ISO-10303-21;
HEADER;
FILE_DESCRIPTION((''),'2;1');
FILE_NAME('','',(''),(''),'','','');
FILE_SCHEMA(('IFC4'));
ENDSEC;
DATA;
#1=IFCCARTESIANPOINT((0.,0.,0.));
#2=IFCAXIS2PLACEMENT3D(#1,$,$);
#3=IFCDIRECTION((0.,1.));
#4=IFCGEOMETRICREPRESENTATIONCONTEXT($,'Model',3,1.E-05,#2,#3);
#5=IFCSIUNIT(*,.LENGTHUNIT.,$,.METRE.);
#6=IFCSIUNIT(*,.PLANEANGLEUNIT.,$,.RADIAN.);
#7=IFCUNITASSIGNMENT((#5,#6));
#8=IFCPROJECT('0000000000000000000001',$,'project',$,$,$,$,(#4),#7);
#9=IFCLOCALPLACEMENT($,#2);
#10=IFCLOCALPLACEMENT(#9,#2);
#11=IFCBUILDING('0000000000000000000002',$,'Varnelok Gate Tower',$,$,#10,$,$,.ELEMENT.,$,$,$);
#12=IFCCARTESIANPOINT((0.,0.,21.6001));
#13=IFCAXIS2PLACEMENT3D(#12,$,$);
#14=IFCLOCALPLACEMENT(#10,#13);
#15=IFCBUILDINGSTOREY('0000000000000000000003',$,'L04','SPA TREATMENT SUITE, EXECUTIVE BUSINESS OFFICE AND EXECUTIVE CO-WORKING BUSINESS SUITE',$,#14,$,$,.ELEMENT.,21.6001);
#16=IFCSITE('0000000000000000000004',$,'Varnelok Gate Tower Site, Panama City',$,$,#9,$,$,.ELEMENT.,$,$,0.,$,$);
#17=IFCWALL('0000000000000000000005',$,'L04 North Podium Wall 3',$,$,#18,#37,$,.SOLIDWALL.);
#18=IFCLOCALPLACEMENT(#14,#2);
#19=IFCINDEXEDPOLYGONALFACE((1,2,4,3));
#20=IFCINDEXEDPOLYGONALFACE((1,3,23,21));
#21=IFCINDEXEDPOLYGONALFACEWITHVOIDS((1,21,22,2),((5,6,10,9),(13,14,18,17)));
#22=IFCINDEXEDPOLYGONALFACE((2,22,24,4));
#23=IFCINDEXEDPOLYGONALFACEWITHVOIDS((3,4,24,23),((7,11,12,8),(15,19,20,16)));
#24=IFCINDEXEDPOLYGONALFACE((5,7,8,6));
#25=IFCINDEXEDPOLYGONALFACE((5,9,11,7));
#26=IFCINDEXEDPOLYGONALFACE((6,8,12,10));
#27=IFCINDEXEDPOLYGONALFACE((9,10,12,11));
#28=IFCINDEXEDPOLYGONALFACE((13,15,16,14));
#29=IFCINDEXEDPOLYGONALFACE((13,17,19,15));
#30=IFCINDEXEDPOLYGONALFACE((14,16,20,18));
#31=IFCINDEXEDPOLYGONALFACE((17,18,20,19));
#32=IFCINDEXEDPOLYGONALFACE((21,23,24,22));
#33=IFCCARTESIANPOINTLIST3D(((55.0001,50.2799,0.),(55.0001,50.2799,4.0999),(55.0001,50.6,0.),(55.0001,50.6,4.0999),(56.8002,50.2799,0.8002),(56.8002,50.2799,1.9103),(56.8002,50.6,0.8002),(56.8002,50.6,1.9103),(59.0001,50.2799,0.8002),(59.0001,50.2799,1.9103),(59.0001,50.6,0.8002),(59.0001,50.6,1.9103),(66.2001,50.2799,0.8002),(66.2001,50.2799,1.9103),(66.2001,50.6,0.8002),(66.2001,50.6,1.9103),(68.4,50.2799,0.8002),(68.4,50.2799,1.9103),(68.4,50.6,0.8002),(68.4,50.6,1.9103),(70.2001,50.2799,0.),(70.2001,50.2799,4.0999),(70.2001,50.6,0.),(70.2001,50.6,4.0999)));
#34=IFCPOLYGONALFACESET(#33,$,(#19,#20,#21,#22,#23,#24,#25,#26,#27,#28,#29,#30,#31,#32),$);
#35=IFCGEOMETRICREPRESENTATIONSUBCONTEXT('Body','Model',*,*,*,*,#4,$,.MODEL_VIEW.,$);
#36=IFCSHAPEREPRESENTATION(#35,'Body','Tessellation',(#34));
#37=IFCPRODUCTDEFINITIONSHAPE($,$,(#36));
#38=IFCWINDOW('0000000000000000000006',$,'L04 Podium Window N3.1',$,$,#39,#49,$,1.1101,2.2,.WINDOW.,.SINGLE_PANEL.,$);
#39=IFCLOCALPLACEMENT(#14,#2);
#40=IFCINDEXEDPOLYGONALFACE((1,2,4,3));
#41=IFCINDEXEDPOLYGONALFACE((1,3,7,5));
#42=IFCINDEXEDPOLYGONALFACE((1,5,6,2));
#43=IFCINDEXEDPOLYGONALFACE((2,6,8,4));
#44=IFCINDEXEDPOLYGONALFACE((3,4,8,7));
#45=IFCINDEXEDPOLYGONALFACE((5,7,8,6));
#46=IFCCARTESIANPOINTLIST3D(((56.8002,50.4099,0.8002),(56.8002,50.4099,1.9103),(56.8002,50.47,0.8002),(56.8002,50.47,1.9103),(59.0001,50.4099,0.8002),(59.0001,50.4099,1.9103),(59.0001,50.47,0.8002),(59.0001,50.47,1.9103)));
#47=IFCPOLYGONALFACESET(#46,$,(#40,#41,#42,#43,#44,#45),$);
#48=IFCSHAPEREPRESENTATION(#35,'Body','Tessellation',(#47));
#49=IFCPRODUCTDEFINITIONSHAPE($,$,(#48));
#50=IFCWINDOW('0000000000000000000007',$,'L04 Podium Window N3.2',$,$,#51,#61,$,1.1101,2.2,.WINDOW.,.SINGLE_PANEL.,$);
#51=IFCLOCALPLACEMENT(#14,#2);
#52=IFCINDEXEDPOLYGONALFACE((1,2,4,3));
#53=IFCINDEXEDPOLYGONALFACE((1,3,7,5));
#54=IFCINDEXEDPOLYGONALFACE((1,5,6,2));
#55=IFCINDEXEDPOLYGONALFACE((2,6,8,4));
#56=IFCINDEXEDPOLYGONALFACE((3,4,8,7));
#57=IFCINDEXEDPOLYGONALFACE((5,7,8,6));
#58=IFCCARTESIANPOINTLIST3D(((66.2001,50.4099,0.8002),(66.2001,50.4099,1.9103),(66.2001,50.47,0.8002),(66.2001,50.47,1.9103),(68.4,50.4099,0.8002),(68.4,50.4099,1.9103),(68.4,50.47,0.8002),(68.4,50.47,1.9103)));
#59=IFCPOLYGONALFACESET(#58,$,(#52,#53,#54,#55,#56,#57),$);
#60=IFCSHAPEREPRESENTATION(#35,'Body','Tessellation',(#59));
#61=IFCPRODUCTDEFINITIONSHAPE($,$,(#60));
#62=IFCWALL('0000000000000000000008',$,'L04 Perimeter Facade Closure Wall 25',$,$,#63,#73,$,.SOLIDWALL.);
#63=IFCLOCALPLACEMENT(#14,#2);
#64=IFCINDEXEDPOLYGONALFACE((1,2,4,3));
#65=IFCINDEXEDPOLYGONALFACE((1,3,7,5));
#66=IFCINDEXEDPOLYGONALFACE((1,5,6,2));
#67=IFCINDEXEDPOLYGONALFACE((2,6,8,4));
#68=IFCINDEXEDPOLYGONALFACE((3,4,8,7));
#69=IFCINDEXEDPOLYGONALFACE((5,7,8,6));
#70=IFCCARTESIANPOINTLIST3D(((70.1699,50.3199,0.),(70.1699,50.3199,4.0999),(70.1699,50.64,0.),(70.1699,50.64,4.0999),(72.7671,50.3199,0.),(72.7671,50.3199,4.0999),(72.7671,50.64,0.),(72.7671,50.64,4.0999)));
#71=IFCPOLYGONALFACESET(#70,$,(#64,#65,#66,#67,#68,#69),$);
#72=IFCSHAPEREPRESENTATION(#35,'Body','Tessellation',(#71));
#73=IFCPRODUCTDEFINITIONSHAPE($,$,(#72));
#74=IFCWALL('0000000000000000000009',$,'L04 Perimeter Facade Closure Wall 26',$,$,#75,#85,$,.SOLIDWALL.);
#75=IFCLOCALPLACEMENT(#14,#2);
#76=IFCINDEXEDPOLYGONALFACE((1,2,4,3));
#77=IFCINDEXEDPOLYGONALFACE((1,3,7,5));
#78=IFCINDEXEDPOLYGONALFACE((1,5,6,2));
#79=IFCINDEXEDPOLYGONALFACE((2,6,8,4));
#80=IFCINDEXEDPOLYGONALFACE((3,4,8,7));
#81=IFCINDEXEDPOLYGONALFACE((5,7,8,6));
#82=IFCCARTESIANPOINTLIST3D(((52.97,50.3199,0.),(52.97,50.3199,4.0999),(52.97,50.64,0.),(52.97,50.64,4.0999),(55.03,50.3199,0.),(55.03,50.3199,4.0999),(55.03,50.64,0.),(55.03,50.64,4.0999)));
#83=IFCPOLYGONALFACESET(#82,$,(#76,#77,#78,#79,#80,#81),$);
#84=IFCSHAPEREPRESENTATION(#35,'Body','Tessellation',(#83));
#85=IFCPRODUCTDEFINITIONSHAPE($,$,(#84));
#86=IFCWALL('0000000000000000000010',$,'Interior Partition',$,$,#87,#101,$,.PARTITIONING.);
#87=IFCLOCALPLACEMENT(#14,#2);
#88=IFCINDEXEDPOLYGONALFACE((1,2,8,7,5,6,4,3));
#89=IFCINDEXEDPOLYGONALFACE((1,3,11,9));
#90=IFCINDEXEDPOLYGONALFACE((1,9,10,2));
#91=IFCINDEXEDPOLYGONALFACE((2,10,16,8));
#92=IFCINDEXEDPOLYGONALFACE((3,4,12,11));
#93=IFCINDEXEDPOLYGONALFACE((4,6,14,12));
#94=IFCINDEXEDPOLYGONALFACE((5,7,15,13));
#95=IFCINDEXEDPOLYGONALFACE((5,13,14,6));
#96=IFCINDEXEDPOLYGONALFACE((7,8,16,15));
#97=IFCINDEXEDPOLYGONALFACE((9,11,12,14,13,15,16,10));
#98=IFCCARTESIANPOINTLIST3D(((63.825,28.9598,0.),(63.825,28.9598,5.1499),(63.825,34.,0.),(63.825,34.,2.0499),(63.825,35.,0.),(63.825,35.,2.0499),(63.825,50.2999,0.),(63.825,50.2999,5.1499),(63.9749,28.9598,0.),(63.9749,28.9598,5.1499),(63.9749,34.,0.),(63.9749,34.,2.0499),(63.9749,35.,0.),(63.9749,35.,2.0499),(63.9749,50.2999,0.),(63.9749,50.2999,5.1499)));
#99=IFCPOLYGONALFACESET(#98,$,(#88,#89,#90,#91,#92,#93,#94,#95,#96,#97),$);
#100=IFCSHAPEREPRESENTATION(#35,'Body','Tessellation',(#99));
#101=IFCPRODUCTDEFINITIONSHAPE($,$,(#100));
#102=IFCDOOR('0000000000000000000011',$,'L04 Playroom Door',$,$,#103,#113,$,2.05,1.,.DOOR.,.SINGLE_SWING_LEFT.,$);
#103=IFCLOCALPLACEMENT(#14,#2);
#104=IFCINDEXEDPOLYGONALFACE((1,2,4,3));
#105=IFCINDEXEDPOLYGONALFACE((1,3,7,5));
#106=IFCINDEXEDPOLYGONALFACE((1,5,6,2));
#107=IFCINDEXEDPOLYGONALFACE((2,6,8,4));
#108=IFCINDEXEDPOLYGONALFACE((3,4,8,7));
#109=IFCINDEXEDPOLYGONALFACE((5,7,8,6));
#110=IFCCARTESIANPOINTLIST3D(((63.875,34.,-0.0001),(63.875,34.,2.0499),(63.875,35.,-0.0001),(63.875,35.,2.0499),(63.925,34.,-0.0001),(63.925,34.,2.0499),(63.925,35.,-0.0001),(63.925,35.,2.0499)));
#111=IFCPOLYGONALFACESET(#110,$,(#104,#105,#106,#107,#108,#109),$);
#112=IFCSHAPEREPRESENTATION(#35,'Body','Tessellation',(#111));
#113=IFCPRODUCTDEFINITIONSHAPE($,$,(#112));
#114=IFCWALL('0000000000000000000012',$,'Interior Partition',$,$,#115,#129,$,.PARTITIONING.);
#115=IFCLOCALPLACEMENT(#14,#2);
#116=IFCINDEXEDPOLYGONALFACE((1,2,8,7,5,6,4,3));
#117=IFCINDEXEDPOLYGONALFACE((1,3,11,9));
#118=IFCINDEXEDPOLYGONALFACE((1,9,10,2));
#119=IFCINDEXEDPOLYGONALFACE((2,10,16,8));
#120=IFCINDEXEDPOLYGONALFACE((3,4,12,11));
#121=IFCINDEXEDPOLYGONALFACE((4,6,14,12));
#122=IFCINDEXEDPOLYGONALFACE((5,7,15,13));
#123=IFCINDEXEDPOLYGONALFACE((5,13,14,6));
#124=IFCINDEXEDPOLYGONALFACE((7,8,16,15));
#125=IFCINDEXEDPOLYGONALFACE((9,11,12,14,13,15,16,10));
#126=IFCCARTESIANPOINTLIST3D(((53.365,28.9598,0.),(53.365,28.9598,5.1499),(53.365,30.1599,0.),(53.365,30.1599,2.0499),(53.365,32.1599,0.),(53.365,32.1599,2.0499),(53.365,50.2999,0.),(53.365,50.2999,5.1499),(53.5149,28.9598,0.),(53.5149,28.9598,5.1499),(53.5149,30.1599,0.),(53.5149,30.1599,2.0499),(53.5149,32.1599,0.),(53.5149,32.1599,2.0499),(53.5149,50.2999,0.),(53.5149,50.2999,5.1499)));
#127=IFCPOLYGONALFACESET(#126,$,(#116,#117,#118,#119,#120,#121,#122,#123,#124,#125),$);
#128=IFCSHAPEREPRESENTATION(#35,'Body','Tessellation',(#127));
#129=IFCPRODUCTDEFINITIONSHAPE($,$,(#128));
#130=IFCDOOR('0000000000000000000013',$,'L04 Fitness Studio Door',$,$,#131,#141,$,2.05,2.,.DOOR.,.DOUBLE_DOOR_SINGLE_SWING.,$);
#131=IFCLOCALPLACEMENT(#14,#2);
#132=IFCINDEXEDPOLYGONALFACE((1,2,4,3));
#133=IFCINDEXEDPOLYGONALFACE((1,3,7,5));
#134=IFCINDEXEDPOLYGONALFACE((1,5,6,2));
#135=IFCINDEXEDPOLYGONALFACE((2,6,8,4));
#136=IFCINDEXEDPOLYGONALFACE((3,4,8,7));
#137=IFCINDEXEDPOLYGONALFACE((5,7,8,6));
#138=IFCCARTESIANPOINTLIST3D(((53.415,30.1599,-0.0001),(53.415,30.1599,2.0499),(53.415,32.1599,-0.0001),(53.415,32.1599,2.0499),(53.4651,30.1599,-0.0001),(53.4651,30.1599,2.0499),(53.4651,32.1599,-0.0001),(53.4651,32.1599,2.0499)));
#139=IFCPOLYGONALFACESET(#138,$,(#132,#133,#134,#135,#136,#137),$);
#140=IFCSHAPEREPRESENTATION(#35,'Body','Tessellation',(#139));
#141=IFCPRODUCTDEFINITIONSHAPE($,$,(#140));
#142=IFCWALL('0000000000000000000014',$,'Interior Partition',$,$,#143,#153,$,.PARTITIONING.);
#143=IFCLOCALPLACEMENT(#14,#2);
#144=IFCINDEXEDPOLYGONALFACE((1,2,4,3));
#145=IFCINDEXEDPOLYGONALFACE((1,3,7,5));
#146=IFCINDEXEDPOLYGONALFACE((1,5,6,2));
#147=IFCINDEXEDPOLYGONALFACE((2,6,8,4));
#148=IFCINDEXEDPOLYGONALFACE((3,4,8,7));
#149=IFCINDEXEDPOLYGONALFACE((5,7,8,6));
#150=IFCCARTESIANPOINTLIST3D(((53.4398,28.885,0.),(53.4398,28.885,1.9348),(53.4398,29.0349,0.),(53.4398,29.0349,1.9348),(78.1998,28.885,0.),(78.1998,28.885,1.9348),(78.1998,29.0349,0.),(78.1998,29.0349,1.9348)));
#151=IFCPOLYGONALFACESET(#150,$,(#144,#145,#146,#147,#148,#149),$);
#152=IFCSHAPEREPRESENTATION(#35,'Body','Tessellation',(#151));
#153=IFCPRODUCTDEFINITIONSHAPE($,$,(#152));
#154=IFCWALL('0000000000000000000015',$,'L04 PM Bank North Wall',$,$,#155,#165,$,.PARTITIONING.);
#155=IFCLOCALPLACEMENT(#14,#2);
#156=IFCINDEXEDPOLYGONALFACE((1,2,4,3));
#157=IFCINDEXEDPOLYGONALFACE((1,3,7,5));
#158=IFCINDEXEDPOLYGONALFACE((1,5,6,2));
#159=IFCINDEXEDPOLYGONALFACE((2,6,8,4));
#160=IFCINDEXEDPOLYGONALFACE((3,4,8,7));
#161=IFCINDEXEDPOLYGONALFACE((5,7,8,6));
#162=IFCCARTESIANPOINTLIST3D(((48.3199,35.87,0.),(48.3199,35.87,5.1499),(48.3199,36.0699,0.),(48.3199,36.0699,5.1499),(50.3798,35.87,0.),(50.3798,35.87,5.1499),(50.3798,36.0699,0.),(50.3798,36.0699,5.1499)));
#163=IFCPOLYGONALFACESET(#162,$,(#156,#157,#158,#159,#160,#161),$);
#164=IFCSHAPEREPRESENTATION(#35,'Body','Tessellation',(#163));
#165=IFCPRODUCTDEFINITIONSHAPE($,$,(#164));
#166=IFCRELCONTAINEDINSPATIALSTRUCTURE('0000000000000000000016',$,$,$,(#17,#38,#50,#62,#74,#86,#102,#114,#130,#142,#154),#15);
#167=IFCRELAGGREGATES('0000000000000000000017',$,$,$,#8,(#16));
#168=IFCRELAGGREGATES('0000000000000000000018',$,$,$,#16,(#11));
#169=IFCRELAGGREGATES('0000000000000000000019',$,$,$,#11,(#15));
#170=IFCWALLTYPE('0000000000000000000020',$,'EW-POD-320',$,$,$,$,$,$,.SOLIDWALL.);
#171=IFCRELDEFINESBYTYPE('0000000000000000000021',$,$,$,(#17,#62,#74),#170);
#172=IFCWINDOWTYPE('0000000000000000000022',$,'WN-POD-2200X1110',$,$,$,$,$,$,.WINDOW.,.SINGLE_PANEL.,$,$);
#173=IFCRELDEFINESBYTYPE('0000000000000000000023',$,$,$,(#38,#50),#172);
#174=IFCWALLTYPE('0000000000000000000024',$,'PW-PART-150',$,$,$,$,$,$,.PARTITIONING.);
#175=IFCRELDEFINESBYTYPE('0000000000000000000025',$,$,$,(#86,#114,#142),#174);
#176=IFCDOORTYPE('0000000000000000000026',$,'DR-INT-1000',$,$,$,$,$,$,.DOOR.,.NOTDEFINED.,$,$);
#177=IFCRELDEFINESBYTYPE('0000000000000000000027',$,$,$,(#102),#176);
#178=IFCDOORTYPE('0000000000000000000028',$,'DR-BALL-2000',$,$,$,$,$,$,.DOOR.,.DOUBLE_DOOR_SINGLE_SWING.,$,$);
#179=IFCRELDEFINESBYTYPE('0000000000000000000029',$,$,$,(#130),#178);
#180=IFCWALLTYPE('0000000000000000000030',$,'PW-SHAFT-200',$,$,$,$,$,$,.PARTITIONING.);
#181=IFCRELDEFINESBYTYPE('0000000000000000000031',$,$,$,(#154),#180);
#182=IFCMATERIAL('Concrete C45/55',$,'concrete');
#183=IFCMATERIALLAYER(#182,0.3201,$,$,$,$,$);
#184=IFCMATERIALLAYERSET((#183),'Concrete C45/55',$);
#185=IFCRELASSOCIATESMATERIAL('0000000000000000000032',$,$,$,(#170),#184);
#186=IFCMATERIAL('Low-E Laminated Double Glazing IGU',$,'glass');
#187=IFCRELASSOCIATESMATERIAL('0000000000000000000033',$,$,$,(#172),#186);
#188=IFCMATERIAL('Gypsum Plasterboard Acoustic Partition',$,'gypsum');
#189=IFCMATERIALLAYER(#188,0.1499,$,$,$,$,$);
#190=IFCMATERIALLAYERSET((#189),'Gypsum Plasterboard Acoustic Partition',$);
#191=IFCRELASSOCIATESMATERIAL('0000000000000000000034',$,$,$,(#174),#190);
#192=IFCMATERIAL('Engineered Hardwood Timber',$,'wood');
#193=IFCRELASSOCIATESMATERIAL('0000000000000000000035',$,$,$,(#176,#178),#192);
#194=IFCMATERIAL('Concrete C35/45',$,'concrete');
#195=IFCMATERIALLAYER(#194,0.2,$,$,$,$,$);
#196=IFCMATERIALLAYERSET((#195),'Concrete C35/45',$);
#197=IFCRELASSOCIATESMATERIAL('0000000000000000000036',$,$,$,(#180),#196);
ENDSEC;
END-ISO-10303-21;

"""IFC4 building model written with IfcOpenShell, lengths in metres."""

from ifc_helpers import new_model, si_unit, direction, frame, frame_2d, origin, place, context, subcontext, project, spatial, rectangle, extrude, material, layer, layer_set, type_object, element, fill, save


model = new_model("IFC4")

# Units and contexts
model_context = context("Model", 3, precision=1e-05, world=origin(), true_north=direction((0.0, 1.0)))
body_context = subcontext(model_context, "Body", "Model", "MODEL_VIEW")
ifc_project = project(units=[si_unit("LENGTHUNIT", "METRE"), si_unit("PLANEANGLEUNIT", "RADIAN")], contexts=[model_context])

# Site, building, storey
site_placement = place(None, origin())
site = spatial("IfcSite", under=ifc_project, at=site_placement, Name="Varnelok Gate Tower Site, Panama City", CompositionType="ELEMENT", RefElevation=0.0)
building_placement = place(site_placement, origin())
building = spatial("IfcBuilding", under=site, at=building_placement, Name="Varnelok Gate Tower", CompositionType="ELEMENT")
storey_placement = place(building_placement, frame((0.0, 0.0, 21.6001)))
storey = spatial("IfcBuildingStorey", under=building, at=storey_placement, Name="L04", Description="SPA TREATMENT SUITE, EXECUTIVE BUSINESS OFFICE AND EXECUTIVE CO-WORKING BUSINESS SUITE", CompositionType="ELEMENT", Elevation=21.6001)

# Wall, openings, windows
ifc_material_1 = material(Name="Concrete C45/55", Category="concrete")
ifc_layer_1 = layer(ifc_material_1, 0.3201)
ifc_layer_set_1 = layer_set([ifc_layer_1], Name="Concrete C45/55")
wall_type_1 = type_object("IfcWallType", Name="EW-POD-320", PredefinedType="SOLIDWALL", material=ifc_layer_set_1)
wall_1_placement = place(storey_placement, frame((55.0, 50.4399, 0.0), z_axis=(0.0, 0.0, 1.0), x_axis=(1.0, 0.0, 0.0)))
wall_1 = element("IfcWall", 1, at=wall_1_placement, inside=storey, type_object=wall_type_1, Name="L04 North Podium Wall 3", PredefinedType="SOLIDWALL", context=body_context, shape_type="SweptSolid", body=[
    extrude(rectangle(XDim=15.2, YDim=0.3201, at=frame_2d((7.6001, 0.0))), origin(), (0.0, 0.0, 1.0), 4.0999),
])
opening_1_placement = place(wall_1_placement, frame((1.8, 0.0, 0.8)))
opening_1 = element("IfcOpeningElement", 2, at=opening_1_placement, cuts=wall_1, PredefinedType="OPENING", context=body_context, shape_type="SweptSolid", body=[
    extrude(rectangle(XDim=2.2, YDim=1.1101, at=frame_2d((1.1001, 0.5552))), frame((0.0, 0.1699, 0.0), z_axis=(0.0, -1.0, 0.0), x_axis=(1.0, 0.0, 0.0)), (0.0, 0.0, 1.0), 0.3401),
])
opening_2_placement = place(wall_1_placement, frame((11.2, 0.0, 0.8)))
opening_2 = element("IfcOpeningElement", 3, at=opening_2_placement, cuts=wall_1, PredefinedType="OPENING", context=body_context, shape_type="SweptSolid", body=[
    extrude(rectangle(XDim=2.2, YDim=1.1101, at=frame_2d((1.1001, 0.5552))), frame((0.0, 0.1699, 0.0), z_axis=(0.0, -1.0, 0.0), x_axis=(1.0, 0.0, 0.0)), (0.0, 0.0, 1.0), 0.3401),
])
ifc_material_2 = material(Name="Low-E Laminated Double Glazing IGU", Category="glass")
window_type = type_object("IfcWindowType", Name="WN-POD-2200X1110", PartitioningType="SINGLE_PANEL", PredefinedType="WINDOW", material=ifc_material_2)
window_1_placement = place(opening_1_placement, origin())
window_1 = element("IfcWindow", 4, at=window_1_placement, inside=storey, type_object=window_type, Name="L04 Podium Window N3.1", OverallHeight=1.1101, OverallWidth=2.2, PartitioningType="SINGLE_PANEL", PredefinedType="WINDOW", context=body_context, shape_type="SweptSolid", body=[
    extrude(rectangle(XDim=2.2, YDim=1.1101, at=frame_2d((1.1001, 0.5552))), frame((0.0, 0.03, 0.0), z_axis=(0.0, -1.0, 0.0), x_axis=(1.0, 0.0, 0.0)), (0.0, 0.0, 1.0), 0.0601),
])
fill(opening_1, window_1)
window_2_placement = place(opening_2_placement, origin())
window_2 = element("IfcWindow", 5, at=window_2_placement, inside=storey, type_object=window_type, Name="L04 Podium Window N3.2", OverallHeight=1.1101, OverallWidth=2.2, PartitioningType="SINGLE_PANEL", PredefinedType="WINDOW", context=body_context, shape_type="SweptSolid", body=[
    extrude(rectangle(XDim=2.2, YDim=1.1101, at=frame_2d((1.1001, 0.5552))), frame((0.0, 0.03, 0.0), z_axis=(0.0, -1.0, 0.0), x_axis=(1.0, 0.0, 0.0)), (0.0, 0.0, 1.0), 0.0601),
])
fill(opening_2, window_2)

# Walls
wall_2_placement = place(storey_placement, frame((72.7671, 50.48, 0.0), z_axis=(0.0, 0.0, 1.0), x_axis=(-1.0, 0.0, 0.0)))
element("IfcWall", 6, at=wall_2_placement, inside=storey, type_object=wall_type_1, Name="L04 Perimeter Facade Closure Wall 25", PredefinedType="SOLIDWALL", context=body_context, shape_type="SweptSolid", body=[
    extrude(rectangle(XDim=2.5972, YDim=0.3201, at=frame_2d((1.2986, 0.0))), origin(), (0.0, 0.0, 1.0), 4.0999),
])
wall_3_placement = place(storey_placement, frame((55.03, 50.48, 0.0), z_axis=(0.0, 0.0, 1.0), x_axis=(-1.0, 0.0, 0.0)))
element("IfcWall", 7, at=wall_3_placement, inside=storey, type_object=wall_type_1, Name="L04 Perimeter Facade Closure Wall 26", PredefinedType="SOLIDWALL", context=body_context, shape_type="SweptSolid", body=[
    extrude(rectangle(XDim=2.0601, YDim=0.3201, at=frame_2d((1.03, 0.0))), origin(), (0.0, 0.0, 1.0), 4.0999),
])

# Walls, openings, doors
ifc_material_3 = material(Name="Gypsum Plasterboard Acoustic Partition", Category="gypsum")
ifc_layer_2 = layer(ifc_material_3, 0.1499)
ifc_layer_set_2 = layer_set([ifc_layer_2], Name="Gypsum Plasterboard Acoustic Partition")
wall_type_2 = type_object("IfcWallType", Name="PW-PART-150", PredefinedType="PARTITIONING", material=ifc_layer_set_2)
wall_4_placement = place(storey_placement, frame((63.8999, 28.96, 0.0), z_axis=(0.0, 0.0, 1.0), x_axis=(0.0, 1.0, 0.0)))
wall_4 = element("IfcWall", 8, at=wall_4_placement, inside=storey, type_object=wall_type_2, Name="Interior Partition", PredefinedType="PARTITIONING", context=body_context, shape_type="SweptSolid", body=[
    extrude(rectangle(XDim=21.3401, YDim=0.1499, at=frame_2d((10.6699, 0.0))), origin(), (0.0, 0.0, 1.0), 5.1499),
])
opening_3_placement = place(wall_4_placement, frame((5.04, 0.0, 0.0)))
opening_3 = element("IfcOpeningElement", 9, at=opening_3_placement, cuts=wall_4, PredefinedType="OPENING", context=body_context, shape_type="SweptSolid", body=[
    extrude(rectangle(XDim=1.0, YDim=2.05, at=frame_2d((0.5, 1.0249))), frame((0.0, 0.085, 0.0), z_axis=(0.0, -1.0, 0.0), x_axis=(1.0, 0.0, 0.0)), (0.0, 0.0, 1.0), 0.1699),
])
ifc_material_4 = material(Name="Engineered Hardwood Timber", Category="wood")
door_type_1 = type_object("IfcDoorType", Name="DR-INT-1000", OperationType="NOTDEFINED", PredefinedType="DOOR", material=ifc_material_4)
door_1_placement = place(opening_3_placement, origin())
door_1 = element("IfcDoor", 10, at=door_1_placement, inside=storey, type_object=door_type_1, Name="L04 Playroom Door", OperationType="SINGLE_SWING_LEFT", OverallHeight=2.05, OverallWidth=1.0, PredefinedType="DOOR", context=body_context, shape_type="SweptSolid", body=[
    extrude(rectangle(XDim=1.0, YDim=2.05, at=frame_2d((0.5, 1.0249))), frame((0.0, 0.0249, 0.0), z_axis=(0.0, -1.0, 0.0), x_axis=(1.0, 0.0, 0.0)), (0.0, 0.0, 1.0), 0.05),
])
fill(opening_3, door_1)
wall_5_placement = place(storey_placement, frame((53.4399, 28.96, 0.0), z_axis=(0.0, 0.0, 1.0), x_axis=(0.0, 1.0, 0.0)))
wall_5 = element("IfcWall", 11, at=wall_5_placement, inside=storey, type_object=wall_type_2, Name="Interior Partition", PredefinedType="PARTITIONING", context=body_context, shape_type="SweptSolid", body=[
    extrude(rectangle(XDim=21.3401, YDim=0.1499, at=frame_2d((10.6699, 0.0))), origin(), (0.0, 0.0, 1.0), 5.1499),
])
opening_4_placement = place(wall_5_placement, frame((1.2, 0.0, 0.0)))
opening_4 = element("IfcOpeningElement", 12, at=opening_4_placement, cuts=wall_5, PredefinedType="OPENING", context=body_context, shape_type="SweptSolid", body=[
    extrude(rectangle(XDim=2.0, YDim=2.05, at=frame_2d((1.0, 1.0249))), frame((0.0, 0.085, 0.0), z_axis=(0.0, -1.0, 0.0), x_axis=(1.0, 0.0, 0.0)), (0.0, 0.0, 1.0), 0.1699),
])
door_type_2 = type_object("IfcDoorType", Name="DR-BALL-2000", OperationType="DOUBLE_DOOR_SINGLE_SWING", PredefinedType="DOOR", material=ifc_material_4)
door_2_placement = place(opening_4_placement, origin())
door_2 = element("IfcDoor", 13, at=door_2_placement, inside=storey, type_object=door_type_2, Name="L04 Fitness Studio Door", OperationType="DOUBLE_DOOR_SINGLE_SWING", OverallHeight=2.05, OverallWidth=2.0, PredefinedType="DOOR", context=body_context, shape_type="SweptSolid", body=[
    extrude(rectangle(XDim=2.0, YDim=2.05, at=frame_2d((1.0, 1.0249))), frame((0.0, 0.0249, 0.0), z_axis=(0.0, -1.0, 0.0), x_axis=(1.0, 0.0, 0.0)), (0.0, 0.0, 1.0), 0.05),
])
fill(opening_4, door_2)

# Walls
wall_6_placement = place(storey_placement, frame((53.4399, 28.96, 0.0), z_axis=(0.0, 0.0, 1.0), x_axis=(1.0, 0.0, 0.0)))
element("IfcWall", 14, at=wall_6_placement, inside=storey, type_object=wall_type_2, Name="Interior Partition", PredefinedType="PARTITIONING", context=body_context, shape_type="SweptSolid", body=[
    extrude(rectangle(XDim=24.76, YDim=0.1499, at=frame_2d((12.3799, 0.0))), origin(), (0.0, 0.0, 1.0), 1.9348),
])
ifc_material_5 = material(Name="Concrete C35/45", Category="concrete")
ifc_layer_3 = layer(ifc_material_5, 0.2)
ifc_layer_set_3 = layer_set([ifc_layer_3], Name="Concrete C35/45")
wall_type_3 = type_object("IfcWallType", Name="PW-SHAFT-200", PredefinedType="PARTITIONING", material=ifc_layer_set_3)
wall_7_placement = place(storey_placement, frame((48.3201, 35.97, 0.0), z_axis=(0.0, 0.0, 1.0), x_axis=(1.0, 0.0, 0.0)))
element("IfcWall", 15, at=wall_7_placement, inside=storey, type_object=wall_type_3, Name="L04 PM Bank North Wall", PredefinedType="PARTITIONING", context=body_context, shape_type="SweptSolid", body=[
    extrude(rectangle(XDim=2.0598, YDim=0.2, at=frame_2d((1.0298, 0.0))), origin(), (0.0, 0.0, 1.0), 5.1499),
])

save(model, "model.ifc")
